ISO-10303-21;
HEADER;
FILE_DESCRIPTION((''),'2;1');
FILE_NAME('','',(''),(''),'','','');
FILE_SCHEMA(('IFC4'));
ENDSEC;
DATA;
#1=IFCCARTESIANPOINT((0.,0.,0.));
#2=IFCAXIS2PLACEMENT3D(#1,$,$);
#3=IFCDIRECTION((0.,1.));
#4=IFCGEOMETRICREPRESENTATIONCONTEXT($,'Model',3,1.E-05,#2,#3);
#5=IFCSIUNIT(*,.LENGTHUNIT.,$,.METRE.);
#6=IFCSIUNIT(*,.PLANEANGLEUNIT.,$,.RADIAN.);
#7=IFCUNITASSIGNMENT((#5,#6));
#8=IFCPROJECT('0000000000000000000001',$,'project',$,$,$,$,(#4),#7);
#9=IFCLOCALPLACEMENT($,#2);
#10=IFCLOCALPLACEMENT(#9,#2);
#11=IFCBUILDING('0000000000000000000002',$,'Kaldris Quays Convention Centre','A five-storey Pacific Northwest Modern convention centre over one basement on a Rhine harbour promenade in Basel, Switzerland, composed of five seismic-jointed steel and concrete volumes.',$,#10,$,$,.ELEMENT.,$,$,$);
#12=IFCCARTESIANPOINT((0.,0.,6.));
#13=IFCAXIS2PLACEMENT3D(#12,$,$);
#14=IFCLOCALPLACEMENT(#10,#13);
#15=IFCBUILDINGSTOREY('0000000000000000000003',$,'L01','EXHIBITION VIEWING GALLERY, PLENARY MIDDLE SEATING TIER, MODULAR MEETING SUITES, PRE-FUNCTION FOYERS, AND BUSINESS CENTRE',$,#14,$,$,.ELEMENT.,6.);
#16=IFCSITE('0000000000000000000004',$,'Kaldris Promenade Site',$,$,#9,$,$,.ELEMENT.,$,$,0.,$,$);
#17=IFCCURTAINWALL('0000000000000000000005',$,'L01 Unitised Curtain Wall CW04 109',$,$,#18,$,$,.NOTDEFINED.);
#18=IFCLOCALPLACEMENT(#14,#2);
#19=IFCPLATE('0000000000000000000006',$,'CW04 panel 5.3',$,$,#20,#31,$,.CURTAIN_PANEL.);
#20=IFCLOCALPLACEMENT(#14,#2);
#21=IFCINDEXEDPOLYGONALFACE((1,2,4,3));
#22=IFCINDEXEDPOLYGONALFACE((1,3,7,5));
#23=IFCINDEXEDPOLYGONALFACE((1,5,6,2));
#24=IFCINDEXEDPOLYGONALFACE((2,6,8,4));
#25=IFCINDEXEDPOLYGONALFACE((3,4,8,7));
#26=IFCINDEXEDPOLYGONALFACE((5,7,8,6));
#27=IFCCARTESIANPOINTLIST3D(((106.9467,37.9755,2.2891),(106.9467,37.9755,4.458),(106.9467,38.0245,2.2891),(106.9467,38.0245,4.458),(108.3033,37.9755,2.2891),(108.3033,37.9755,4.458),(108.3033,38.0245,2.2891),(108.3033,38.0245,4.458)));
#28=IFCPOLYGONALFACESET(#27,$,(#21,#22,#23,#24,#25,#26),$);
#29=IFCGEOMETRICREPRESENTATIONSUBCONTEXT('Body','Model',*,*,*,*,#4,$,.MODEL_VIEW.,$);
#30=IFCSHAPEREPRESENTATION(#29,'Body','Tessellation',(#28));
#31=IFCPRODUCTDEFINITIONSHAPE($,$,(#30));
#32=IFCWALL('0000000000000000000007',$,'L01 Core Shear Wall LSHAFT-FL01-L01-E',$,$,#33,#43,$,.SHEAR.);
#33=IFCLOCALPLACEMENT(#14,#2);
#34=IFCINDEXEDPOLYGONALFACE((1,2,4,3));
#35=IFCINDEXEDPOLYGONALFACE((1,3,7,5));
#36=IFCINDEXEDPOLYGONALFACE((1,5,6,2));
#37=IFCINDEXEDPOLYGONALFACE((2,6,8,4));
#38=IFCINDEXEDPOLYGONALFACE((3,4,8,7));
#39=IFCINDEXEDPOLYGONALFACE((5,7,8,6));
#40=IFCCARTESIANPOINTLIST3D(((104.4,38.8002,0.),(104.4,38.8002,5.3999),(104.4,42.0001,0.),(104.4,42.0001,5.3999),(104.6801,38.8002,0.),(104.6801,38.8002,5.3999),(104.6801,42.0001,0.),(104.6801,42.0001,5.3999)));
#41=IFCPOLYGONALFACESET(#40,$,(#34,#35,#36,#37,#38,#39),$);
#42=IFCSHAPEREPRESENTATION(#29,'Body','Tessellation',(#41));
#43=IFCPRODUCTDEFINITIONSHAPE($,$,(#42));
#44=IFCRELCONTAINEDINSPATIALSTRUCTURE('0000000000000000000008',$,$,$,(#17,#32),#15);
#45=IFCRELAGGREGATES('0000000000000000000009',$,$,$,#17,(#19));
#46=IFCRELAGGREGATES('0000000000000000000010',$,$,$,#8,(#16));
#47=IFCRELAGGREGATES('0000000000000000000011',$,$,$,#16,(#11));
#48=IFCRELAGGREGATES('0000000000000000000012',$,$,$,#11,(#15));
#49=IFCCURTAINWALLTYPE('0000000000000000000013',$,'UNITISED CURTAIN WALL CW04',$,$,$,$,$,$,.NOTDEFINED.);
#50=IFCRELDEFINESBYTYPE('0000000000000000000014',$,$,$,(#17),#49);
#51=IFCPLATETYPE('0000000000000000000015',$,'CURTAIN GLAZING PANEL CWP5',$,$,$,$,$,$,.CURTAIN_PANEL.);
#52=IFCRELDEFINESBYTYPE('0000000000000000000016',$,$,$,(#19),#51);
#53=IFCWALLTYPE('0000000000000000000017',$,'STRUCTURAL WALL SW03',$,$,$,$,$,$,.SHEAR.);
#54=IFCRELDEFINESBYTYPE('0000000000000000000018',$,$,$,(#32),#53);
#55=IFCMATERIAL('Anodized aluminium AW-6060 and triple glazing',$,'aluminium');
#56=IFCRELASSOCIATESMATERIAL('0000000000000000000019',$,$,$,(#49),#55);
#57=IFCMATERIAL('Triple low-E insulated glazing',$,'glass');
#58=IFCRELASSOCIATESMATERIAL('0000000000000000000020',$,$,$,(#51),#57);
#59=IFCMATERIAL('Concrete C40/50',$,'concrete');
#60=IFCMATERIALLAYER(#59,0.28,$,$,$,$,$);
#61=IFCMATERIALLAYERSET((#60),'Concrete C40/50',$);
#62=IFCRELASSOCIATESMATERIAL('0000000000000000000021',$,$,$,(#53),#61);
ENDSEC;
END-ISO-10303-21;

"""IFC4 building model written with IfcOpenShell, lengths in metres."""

from ifc_helpers import new_model, si_unit, direction, frame, frame_2d, origin, origin_2d, place, context, subcontext, project, spatial, rectangle, extrude, material, layer, layer_set, type_object, element, aggregate, save


model = new_model("IFC4")

# Units and contexts
model_context = context("Model", 3, precision=1e-05, world=origin(), true_north=direction((0.0, 1.0)))
body_context = subcontext(model_context, "Body", "Model", "MODEL_VIEW")
ifc_project = project(units=[si_unit("LENGTHUNIT", "METRE"), si_unit("PLANEANGLEUNIT", "RADIAN")], contexts=[model_context])

# Site, building, storey
site_placement = place(None, origin())
site = spatial("IfcSite", under=ifc_project, at=site_placement, Name="Kaldris Promenade Site", CompositionType="ELEMENT", RefElevation=0.0)
building_placement = place(site_placement, origin())
building = spatial("IfcBuilding", under=site, at=building_placement, Name="Kaldris Quays Convention Centre", Description="A five-storey Pacific Northwest Modern convention centre over one basement on a Rhine harbour promenade in Basel, Switzerland, composed of five seismic-jointed steel and concrete volumes.", CompositionType="ELEMENT")
storey_placement = place(building_placement, frame((0.0, 0.0, 6.0)))
storey = spatial("IfcBuildingStorey", under=building, at=storey_placement, Name="L01", Description="EXHIBITION VIEWING GALLERY, PLENARY MIDDLE SEATING TIER, MODULAR MEETING SUITES, PRE-FUNCTION FOYERS, AND BUSINESS CENTRE", CompositionType="ELEMENT", Elevation=6.0)

# Curtain wall, plate
ifc_material_1 = material(Name="Anodized aluminium AW-6060 and triple glazing", Category="aluminium")
curtain_wall_type = type_object("IfcCurtainWallType", Name="UNITISED CURTAIN WALL CW04", PredefinedType="NOTDEFINED", material=ifc_material_1)
curtain_wall_placement = place(storey_placement, origin())
curtain_wall = element("IfcCurtainWall", 1, at=curtain_wall_placement, inside=storey, type_object=curtain_wall_type, Name="L01 Unitised Curtain Wall CW04 109", PredefinedType="NOTDEFINED")
ifc_material_2 = material(Name="Triple low-E insulated glazing", Category="glass")
plate_type = type_object("IfcPlateType", Name="CURTAIN GLAZING PANEL CWP5", PredefinedType="CURTAIN_PANEL", material=ifc_material_2)
plate_1_placement = place(storey_placement, frame((107.625, 38.0, 2.2891), z_axis=(0.0, 0.0, 1.0), x_axis=(1.0, 0.0, 0.0)))
plate_1 = element("IfcPlate", 2, at=plate_1_placement, type_object=plate_type, Name="CW04 panel 5.3", PredefinedType="CURTAIN_PANEL", context=body_context, shape_type="SweptSolid", body=[
    extrude(rectangle(XDim=1.3567, YDim=0.0491, at=origin_2d()), origin(), (0.0, 0.0, 1.0), 2.1689),
])
aggregate(curtain_wall, [plate_1])

# Wall
ifc_material_3 = material(Name="Concrete C40/50", Category="concrete")
ifc_layer = layer(ifc_material_3, 0.28)
ifc_layer_set = layer_set([ifc_layer], Name="Concrete C40/50")
wall_type = type_object("IfcWallType", Name="STRUCTURAL WALL SW03", PredefinedType="SHEAR", material=ifc_layer_set)
wall_placement = place(storey_placement, frame((104.54, 38.8, 0.0), z_axis=(0.0, 0.0, 1.0), x_axis=(0.0, 1.0, 0.0)))
element("IfcWall", 3, at=wall_placement, inside=storey, type_object=wall_type, Name="L01 Core Shear Wall LSHAFT-FL01-L01-E", PredefinedType="SHEAR", context=body_context, shape_type="SweptSolid", body=[
    extrude(rectangle(XDim=3.2, YDim=0.28, at=frame_2d((1.6001, 0.0))), origin(), (0.0, 0.0, 1.0), 5.3999),
])

save(model, "model.ifc")
